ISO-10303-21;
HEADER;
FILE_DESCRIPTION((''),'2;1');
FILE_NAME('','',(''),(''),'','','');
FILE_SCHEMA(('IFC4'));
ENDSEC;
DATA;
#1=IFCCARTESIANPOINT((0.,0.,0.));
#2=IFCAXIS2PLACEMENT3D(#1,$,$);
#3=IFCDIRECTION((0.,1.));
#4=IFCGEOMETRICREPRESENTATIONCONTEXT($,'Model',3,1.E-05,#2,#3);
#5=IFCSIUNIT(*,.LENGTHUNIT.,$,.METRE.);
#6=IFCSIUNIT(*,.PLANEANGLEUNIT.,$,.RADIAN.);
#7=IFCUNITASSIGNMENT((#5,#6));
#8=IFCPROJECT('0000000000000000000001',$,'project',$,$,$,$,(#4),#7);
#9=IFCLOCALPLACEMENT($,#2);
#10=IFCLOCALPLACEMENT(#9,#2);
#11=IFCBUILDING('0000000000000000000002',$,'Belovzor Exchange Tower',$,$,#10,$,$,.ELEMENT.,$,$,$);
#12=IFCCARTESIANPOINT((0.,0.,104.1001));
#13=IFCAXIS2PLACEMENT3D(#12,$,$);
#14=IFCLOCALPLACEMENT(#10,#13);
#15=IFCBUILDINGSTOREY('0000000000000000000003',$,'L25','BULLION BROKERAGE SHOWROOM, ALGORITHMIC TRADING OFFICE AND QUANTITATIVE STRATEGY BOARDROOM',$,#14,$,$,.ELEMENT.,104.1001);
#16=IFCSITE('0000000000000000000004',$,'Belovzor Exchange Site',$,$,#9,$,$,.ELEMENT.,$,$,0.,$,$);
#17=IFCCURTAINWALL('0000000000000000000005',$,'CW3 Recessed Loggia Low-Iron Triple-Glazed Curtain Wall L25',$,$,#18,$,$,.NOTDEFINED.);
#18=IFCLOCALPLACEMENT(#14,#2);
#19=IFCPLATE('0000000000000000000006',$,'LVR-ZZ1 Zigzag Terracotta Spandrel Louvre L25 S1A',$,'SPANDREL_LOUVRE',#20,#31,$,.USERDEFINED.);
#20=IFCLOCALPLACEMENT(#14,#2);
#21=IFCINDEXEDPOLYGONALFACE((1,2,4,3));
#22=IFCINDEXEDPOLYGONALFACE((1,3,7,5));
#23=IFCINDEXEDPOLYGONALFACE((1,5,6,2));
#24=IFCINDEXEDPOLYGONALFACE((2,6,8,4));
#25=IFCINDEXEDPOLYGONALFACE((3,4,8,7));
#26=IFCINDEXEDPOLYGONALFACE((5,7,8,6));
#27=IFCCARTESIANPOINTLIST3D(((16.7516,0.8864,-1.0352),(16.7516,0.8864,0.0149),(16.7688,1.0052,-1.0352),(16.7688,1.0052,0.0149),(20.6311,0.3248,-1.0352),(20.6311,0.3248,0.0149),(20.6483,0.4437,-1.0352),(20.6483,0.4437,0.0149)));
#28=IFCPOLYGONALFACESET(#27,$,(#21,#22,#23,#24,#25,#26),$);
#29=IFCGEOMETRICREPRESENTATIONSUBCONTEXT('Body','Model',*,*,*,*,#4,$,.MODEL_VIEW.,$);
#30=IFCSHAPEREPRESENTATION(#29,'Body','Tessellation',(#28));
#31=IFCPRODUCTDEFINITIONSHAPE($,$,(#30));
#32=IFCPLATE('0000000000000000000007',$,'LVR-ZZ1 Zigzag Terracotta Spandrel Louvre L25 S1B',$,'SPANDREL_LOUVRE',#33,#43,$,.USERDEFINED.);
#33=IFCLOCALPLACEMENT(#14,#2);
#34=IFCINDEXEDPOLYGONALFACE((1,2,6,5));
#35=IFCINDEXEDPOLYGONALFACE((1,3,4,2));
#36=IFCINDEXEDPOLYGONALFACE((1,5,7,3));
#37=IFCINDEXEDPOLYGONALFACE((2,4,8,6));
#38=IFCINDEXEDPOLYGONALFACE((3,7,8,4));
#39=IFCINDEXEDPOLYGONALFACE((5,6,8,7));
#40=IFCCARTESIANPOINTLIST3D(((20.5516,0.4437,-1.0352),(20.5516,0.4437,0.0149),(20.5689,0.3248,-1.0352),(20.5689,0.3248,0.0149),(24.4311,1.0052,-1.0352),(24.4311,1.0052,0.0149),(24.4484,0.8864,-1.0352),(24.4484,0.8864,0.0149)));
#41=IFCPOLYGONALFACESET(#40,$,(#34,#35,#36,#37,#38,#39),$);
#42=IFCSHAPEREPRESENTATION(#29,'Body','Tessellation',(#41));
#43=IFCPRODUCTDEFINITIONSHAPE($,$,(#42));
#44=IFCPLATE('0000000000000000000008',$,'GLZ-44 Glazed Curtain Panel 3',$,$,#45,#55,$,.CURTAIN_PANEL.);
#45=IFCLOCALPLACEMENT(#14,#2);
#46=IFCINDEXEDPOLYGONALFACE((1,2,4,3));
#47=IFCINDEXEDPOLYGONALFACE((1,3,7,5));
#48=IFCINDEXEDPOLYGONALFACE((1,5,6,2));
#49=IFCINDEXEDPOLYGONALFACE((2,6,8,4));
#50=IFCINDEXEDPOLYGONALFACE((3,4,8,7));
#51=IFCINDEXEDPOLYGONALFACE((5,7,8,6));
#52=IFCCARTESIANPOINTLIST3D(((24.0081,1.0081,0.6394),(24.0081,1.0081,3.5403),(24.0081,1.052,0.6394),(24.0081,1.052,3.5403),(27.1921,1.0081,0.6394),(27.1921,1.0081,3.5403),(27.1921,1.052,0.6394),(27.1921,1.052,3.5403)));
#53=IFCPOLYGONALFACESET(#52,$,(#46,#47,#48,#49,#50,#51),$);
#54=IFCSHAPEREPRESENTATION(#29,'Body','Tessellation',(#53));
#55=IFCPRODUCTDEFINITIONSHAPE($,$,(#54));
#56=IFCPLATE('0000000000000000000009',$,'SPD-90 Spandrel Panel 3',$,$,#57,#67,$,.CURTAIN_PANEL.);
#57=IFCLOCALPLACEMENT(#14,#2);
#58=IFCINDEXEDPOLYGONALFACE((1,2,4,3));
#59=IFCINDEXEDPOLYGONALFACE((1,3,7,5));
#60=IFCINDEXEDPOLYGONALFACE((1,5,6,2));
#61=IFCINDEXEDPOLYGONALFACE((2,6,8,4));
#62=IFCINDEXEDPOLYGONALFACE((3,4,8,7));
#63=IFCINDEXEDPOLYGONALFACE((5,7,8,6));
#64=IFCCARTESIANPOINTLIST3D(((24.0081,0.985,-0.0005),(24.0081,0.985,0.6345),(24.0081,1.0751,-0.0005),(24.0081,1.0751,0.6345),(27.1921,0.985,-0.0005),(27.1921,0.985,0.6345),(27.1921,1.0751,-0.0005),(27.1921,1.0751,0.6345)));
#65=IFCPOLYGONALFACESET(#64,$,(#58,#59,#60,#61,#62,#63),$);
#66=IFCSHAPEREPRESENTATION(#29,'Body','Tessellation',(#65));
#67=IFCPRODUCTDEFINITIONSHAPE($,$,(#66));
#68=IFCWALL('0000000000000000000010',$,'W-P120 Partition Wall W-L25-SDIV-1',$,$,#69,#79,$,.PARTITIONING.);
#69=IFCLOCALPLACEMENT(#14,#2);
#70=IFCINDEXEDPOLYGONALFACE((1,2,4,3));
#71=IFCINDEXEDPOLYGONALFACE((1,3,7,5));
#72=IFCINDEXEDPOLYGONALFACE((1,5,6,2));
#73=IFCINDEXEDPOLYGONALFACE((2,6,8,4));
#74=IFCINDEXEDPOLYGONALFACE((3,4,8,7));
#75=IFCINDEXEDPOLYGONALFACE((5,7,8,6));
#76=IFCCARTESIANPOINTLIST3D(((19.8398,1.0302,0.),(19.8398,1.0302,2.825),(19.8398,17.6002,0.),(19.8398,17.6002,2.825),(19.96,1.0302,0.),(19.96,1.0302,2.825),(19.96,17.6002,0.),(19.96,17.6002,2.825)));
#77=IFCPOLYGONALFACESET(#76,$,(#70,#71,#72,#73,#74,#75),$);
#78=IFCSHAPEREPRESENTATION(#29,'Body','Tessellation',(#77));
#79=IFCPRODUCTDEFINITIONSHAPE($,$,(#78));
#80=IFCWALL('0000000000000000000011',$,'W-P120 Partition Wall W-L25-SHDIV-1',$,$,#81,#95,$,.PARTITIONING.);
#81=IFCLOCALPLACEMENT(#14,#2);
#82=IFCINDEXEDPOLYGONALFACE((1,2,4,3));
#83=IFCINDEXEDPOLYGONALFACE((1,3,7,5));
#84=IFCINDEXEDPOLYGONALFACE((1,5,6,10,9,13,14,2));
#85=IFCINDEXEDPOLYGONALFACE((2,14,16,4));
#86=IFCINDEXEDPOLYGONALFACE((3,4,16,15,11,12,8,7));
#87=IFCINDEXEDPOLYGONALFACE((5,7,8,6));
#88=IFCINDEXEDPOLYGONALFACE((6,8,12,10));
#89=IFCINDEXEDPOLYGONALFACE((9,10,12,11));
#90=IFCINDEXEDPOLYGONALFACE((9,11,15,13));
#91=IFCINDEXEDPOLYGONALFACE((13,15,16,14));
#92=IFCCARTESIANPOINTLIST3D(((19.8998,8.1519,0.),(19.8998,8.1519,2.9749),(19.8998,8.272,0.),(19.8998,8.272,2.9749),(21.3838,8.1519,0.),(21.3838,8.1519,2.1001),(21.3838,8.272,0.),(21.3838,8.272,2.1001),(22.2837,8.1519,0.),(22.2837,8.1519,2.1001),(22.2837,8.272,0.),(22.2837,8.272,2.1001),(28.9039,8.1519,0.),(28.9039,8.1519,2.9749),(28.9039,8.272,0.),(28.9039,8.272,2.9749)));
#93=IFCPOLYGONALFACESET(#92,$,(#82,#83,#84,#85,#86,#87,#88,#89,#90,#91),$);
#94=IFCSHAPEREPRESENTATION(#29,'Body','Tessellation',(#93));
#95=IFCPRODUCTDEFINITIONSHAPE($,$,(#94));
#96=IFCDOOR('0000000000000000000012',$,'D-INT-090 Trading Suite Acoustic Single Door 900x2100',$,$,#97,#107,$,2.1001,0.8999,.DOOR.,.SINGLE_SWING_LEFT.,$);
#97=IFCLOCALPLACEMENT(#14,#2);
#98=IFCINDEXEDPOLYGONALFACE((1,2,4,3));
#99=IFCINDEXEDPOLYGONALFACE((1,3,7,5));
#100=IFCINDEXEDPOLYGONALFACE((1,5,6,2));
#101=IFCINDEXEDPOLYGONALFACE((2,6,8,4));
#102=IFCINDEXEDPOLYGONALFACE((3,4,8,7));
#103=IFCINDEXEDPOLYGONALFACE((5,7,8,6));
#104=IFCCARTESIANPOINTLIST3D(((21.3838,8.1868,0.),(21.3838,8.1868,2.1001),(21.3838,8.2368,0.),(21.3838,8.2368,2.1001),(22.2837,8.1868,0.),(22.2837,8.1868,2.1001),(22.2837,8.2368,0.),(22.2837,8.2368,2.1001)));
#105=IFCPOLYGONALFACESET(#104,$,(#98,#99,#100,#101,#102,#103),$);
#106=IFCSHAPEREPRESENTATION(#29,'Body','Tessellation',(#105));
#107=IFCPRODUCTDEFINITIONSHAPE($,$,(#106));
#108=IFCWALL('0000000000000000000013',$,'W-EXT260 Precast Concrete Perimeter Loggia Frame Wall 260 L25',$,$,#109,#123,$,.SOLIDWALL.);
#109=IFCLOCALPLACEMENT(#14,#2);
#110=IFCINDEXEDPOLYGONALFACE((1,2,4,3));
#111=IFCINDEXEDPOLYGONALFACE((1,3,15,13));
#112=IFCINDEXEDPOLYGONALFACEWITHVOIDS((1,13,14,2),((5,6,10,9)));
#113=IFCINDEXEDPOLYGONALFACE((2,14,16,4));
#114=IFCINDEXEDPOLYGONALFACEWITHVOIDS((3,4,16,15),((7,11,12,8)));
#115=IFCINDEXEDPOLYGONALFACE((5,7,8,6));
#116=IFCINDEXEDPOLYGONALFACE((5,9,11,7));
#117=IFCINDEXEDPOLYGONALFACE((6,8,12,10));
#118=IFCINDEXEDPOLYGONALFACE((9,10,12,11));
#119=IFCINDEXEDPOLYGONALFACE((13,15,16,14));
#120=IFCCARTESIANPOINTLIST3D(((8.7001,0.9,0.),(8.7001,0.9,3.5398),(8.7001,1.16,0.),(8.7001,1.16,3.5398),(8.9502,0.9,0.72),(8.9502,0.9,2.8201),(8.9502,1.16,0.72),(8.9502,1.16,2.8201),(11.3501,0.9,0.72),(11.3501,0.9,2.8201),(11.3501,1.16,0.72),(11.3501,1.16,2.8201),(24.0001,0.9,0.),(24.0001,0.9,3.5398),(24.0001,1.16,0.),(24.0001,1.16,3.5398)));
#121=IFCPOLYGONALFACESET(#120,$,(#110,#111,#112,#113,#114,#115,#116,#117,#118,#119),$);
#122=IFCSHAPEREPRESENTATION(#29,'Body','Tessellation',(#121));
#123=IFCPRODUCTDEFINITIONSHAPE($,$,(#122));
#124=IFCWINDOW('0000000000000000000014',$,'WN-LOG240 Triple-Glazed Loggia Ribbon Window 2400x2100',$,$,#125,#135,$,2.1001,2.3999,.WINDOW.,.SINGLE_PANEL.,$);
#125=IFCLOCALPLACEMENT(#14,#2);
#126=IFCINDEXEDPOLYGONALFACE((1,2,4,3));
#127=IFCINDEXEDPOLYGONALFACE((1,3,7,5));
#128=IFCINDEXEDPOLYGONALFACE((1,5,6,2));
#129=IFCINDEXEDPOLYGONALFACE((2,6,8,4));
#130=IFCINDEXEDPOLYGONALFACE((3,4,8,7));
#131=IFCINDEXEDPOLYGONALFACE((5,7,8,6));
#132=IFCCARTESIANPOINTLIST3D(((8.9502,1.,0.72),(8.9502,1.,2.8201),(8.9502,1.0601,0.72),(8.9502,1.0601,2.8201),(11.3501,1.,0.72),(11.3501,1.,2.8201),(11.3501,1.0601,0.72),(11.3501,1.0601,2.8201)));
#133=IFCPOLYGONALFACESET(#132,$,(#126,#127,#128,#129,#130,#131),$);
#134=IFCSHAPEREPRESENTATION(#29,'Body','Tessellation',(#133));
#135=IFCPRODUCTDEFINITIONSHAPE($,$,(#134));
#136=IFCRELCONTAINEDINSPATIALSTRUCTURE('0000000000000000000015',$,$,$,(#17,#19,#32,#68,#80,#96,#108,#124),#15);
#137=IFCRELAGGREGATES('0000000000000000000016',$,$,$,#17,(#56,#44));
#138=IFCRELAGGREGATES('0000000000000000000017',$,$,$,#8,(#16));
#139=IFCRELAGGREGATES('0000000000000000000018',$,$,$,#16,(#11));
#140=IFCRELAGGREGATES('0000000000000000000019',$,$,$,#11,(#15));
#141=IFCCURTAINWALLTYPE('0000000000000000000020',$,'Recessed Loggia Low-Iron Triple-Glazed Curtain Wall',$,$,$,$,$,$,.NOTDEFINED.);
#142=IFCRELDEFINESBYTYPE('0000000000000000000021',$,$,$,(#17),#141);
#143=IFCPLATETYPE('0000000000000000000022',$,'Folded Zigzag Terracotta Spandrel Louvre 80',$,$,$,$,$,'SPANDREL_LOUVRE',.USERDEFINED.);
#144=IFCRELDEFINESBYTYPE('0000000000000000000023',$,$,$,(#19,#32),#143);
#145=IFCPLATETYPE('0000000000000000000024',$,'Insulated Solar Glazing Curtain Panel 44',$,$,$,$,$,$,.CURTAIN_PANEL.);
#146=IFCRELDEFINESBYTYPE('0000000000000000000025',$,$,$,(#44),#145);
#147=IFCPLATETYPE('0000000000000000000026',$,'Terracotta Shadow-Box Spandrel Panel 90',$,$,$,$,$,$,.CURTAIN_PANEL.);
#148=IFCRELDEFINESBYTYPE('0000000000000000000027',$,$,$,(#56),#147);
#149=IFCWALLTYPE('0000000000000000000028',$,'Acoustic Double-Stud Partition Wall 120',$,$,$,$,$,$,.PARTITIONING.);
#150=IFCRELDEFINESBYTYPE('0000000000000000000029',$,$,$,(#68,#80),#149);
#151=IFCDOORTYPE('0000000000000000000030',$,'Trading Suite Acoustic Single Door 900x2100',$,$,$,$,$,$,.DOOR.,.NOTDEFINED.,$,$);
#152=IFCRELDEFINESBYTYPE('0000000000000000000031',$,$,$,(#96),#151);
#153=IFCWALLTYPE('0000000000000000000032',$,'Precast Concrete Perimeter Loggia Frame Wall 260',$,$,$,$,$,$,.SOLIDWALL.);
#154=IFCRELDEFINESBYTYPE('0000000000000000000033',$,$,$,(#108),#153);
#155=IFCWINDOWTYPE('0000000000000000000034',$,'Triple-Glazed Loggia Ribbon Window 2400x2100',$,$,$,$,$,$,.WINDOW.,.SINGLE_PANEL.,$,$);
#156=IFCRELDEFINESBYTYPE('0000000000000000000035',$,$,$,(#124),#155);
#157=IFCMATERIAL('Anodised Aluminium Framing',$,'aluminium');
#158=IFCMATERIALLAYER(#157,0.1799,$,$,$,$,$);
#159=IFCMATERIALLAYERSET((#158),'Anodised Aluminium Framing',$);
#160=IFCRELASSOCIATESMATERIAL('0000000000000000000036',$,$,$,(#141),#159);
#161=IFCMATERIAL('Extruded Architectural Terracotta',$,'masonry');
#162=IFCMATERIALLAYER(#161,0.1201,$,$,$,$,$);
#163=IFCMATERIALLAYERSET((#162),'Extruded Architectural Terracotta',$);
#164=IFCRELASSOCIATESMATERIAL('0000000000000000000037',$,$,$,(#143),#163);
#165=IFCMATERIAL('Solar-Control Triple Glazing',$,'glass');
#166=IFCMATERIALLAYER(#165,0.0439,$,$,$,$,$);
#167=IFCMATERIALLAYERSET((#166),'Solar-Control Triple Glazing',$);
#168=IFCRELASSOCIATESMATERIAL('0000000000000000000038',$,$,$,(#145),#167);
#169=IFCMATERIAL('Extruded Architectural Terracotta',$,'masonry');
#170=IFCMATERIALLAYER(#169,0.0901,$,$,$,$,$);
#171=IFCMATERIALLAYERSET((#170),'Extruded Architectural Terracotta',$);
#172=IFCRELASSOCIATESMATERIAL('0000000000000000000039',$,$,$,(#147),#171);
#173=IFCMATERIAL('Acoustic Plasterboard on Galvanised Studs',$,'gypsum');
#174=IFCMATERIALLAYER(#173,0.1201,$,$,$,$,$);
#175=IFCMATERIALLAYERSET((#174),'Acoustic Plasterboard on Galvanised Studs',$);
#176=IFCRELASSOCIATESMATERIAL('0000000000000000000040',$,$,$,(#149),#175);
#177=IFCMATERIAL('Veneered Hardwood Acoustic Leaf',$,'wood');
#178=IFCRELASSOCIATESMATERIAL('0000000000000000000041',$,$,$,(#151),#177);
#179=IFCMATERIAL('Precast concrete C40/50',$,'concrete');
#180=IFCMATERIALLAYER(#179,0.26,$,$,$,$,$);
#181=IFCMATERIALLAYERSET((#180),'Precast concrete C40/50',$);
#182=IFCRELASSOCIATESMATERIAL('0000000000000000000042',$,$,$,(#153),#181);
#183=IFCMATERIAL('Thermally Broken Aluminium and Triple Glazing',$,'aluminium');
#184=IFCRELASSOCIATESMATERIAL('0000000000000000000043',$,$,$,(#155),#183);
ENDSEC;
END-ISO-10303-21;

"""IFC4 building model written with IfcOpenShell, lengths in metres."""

from ifc_helpers import new_model, si_unit, direction, frame, frame_2d, origin, origin_2d, place, context, subcontext, project, spatial, rectangle, extrude, material, layer, layer_set, type_object, element, fill, aggregate, save


model = new_model("IFC4")

# Units and contexts
model_context = context("Model", 3, precision=1e-05, world=origin(), true_north=direction((0.0, 1.0)))
body_context = subcontext(model_context, "Body", "Model", "MODEL_VIEW")
ifc_project = project(units=[si_unit("LENGTHUNIT", "METRE"), si_unit("PLANEANGLEUNIT", "RADIAN")], contexts=[model_context])

# Site, building, storey
site_placement = place(None, origin())
site = spatial("IfcSite", under=ifc_project, at=site_placement, Name="Belovzor Exchange Site", CompositionType="ELEMENT", RefElevation=0.0)
building_placement = place(site_placement, origin())
building = spatial("IfcBuilding", under=site, at=building_placement, Name="Belovzor Exchange Tower", CompositionType="ELEMENT")
storey_placement = place(building_placement, frame((0.0, 0.0, 104.1001)))
storey = spatial("IfcBuildingStorey", under=building, at=storey_placement, Name="L25", Description="BULLION BROKERAGE SHOWROOM, ALGORITHMIC TRADING OFFICE AND QUANTITATIVE STRATEGY BOARDROOM", CompositionType="ELEMENT", Elevation=104.1001)

# Curtain wall
ifc_material_1 = material(Name="Anodised Aluminium Framing", Category="aluminium")
ifc_layer_1 = layer(ifc_material_1, 0.1799)
ifc_layer_set_1 = layer_set([ifc_layer_1], Name="Anodised Aluminium Framing")
curtain_wall_type = type_object("IfcCurtainWallType", Name="Recessed Loggia Low-Iron Triple-Glazed Curtain Wall", PredefinedType="NOTDEFINED", material=ifc_layer_set_1)
curtain_wall_placement = place(storey_placement, origin())
curtain_wall = element("IfcCurtainWall", 1, at=curtain_wall_placement, inside=storey, type_object=curtain_wall_type, Name="CW3 Recessed Loggia Low-Iron Triple-Glazed Curtain Wall L25", PredefinedType="NOTDEFINED")

# Plates
ifc_material_2 = material(Name="Extruded Architectural Terracotta", Category="masonry")
ifc_layer_2 = layer(ifc_material_2, 0.1201)
ifc_layer_set_2 = layer_set([ifc_layer_2], Name="Extruded Architectural Terracotta")
plate_type_1 = type_object("IfcPlateType", Name="Folded Zigzag Terracotta Spandrel Louvre 80", ElementType="SPANDREL_LOUVRE", PredefinedType="USERDEFINED", material=ifc_layer_set_2)
for number, where, z_axis, x_axis, name in (
    (2, (18.7, 0.665, -1.0352), (0.0, 0.0, 1.0), (0.989686, -0.143251, 0.0), "LVR-ZZ1 Zigzag Terracotta Spandrel Louvre L25 S1A"),
    (3, (22.5, 0.665, -1.0352), (0.0, 0.0, 1.0), (0.989686, 0.143251, 0.0), "LVR-ZZ1 Zigzag Terracotta Spandrel Louvre L25 S1B"),
):
    element("IfcPlate", number, at=place(storey_placement, frame(where, z_axis=z_axis, x_axis=x_axis)), inside=storey, type_object=plate_type_1, Name=name, ObjectType="SPANDREL_LOUVRE", PredefinedType="USERDEFINED", context=body_context, shape_type="SweptSolid", body=[
        extrude(rectangle(XDim=3.9199, YDim=0.1201, at=origin_2d()), origin(), (0.0, 0.0, 1.0), 1.05),
    ])

# Plates
ifc_material_3 = material(Name="Solar-Control Triple Glazing", Category="glass")
ifc_layer_3 = layer(ifc_material_3, 0.0439)
ifc_layer_set_3 = layer_set([ifc_layer_3], Name="Solar-Control Triple Glazing")
plate_type_2 = type_object("IfcPlateType", Name="Insulated Solar Glazing Curtain Panel 44", PredefinedType="CURTAIN_PANEL", material=ifc_layer_set_3)
plate_1_placement = place(storey_placement, frame((25.6001, 1.03, 0.6394), z_axis=(0.0, 0.0, 1.0), x_axis=(-1.0, 0.0, 0.0)))
plate_1 = element("IfcPlate", 4, at=plate_1_placement, type_object=plate_type_2, Name="GLZ-44 Glazed Curtain Panel 3", PredefinedType="CURTAIN_PANEL", context=body_context, shape_type="SweptSolid", body=[
    extrude(rectangle(XDim=3.1841, YDim=0.0439, at=origin_2d()), origin(), (0.0, 0.0, 1.0), 2.9009),
])
ifc_material_4 = material(Name="Extruded Architectural Terracotta", Category="masonry")
ifc_layer_4 = layer(ifc_material_4, 0.0901)
ifc_layer_set_4 = layer_set([ifc_layer_4], Name="Extruded Architectural Terracotta")
plate_type_3 = type_object("IfcPlateType", Name="Terracotta Shadow-Box Spandrel Panel 90", PredefinedType="CURTAIN_PANEL", material=ifc_layer_set_4)
plate_2_placement = place(storey_placement, frame((25.6001, 1.03, -0.0005), z_axis=(0.0, 0.0, 1.0), x_axis=(-1.0, 0.0, 0.0)))
plate_2 = element("IfcPlate", 5, at=plate_2_placement, type_object=plate_type_3, Name="SPD-90 Spandrel Panel 3", PredefinedType="CURTAIN_PANEL", context=body_context, shape_type="SweptSolid", body=[
    extrude(rectangle(XDim=3.1841, YDim=0.0901, at=origin_2d()), origin(), (0.0, 0.0, 1.0), 0.635),
])
aggregate(curtain_wall, [plate_2, plate_1])

# Wall
ifc_material_5 = material(Name="Acoustic Plasterboard on Galvanised Studs", Category="gypsum")
ifc_layer_5 = layer(ifc_material_5, 0.1201)
ifc_layer_set_5 = layer_set([ifc_layer_5], Name="Acoustic Plasterboard on Galvanised Studs")
wall_type_1 = type_object("IfcWallType", Name="Acoustic Double-Stud Partition Wall 120", PredefinedType="PARTITIONING", material=ifc_layer_set_5)
wall_1_placement = place(storey_placement, frame((19.8999, 1.03, 0.0), z_axis=(0.0, 0.0, 1.0), x_axis=(0.0, 1.0, 0.0)))
element("IfcWall", 6, at=wall_1_placement, inside=storey, type_object=wall_type_1, Name="W-P120 Partition Wall W-L25-SDIV-1", PredefinedType="PARTITIONING", context=body_context, shape_type="SweptSolid", body=[
    extrude(rectangle(XDim=16.5701, YDim=0.1201, at=frame_2d((8.2852, 0.0))), origin(), (0.0, 0.0, 1.0), 2.825),
])

# Wall, opening, door
wall_2_placement = place(storey_placement, frame((19.8999, 8.2119, 0.0), z_axis=(0.0, 0.0, 1.0), x_axis=(1.0, 0.0, 0.0)))
wall_2 = element("IfcWall", 7, at=wall_2_placement, inside=storey, type_object=wall_type_1, Name="W-P120 Partition Wall W-L25-SHDIV-1", PredefinedType="PARTITIONING", context=body_context, shape_type="SweptSolid", body=[
    extrude(rectangle(XDim=9.0042, YDim=0.1201, at=frame_2d((4.502, 0.0))), origin(), (0.0, 0.0, 1.0), 2.9749),
])
opening_1_placement = place(wall_2_placement, frame((1.4839, 0.0, 0.0)))
opening_1 = element("IfcOpeningElement", 8, at=opening_1_placement, cuts=wall_2, PredefinedType="OPENING", context=body_context, shape_type="SweptSolid", body=[
    extrude(rectangle(XDim=0.8999, YDim=2.1001, at=frame_2d((0.45, 1.05))), frame((0.0, 0.0701, 0.0), z_axis=(0.0, -1.0, 0.0), x_axis=(1.0, 0.0, 0.0)), (0.0, 0.0, 1.0), 0.1401),
])
ifc_material_6 = material(Name="Veneered Hardwood Acoustic Leaf", Category="wood")
door_type = type_object("IfcDoorType", Name="Trading Suite Acoustic Single Door 900x2100", OperationType="NOTDEFINED", PredefinedType="DOOR", material=ifc_material_6)
door_placement = place(opening_1_placement, origin())
door = element("IfcDoor", 9, at=door_placement, inside=storey, type_object=door_type, Name="D-INT-090 Trading Suite Acoustic Single Door 900x2100", OperationType="SINGLE_SWING_LEFT", OverallHeight=2.1001, OverallWidth=0.8999, PredefinedType="DOOR", context=body_context, shape_type="SweptSolid", body=[
    extrude(rectangle(XDim=0.8999, YDim=2.1001, at=frame_2d((0.45, 1.05))), frame((0.0, 0.0249, 0.0), z_axis=(0.0, -1.0, 0.0), x_axis=(1.0, 0.0, 0.0)), (0.0, 0.0, 1.0), 0.05),
])
fill(opening_1, door)

# Wall, opening, window
ifc_material_7 = material(Name="Precast concrete C40/50", Category="concrete")
ifc_layer_6 = layer(ifc_material_7, 0.26)
ifc_layer_set_6 = layer_set([ifc_layer_6], Name="Precast concrete C40/50")
wall_type_2 = type_object("IfcWallType", Name="Precast Concrete Perimeter Loggia Frame Wall 260", PredefinedType="SOLIDWALL", material=ifc_layer_set_6)
wall_3_placement = place(storey_placement, frame((24.0, 1.03, 0.0), z_axis=(0.0, 0.0, 1.0), x_axis=(-1.0, 0.0, 0.0)))
wall_3 = element("IfcWall", 10, at=wall_3_placement, inside=storey, type_object=wall_type_2, Name="W-EXT260 Precast Concrete Perimeter Loggia Frame Wall 260 L25", PredefinedType="SOLIDWALL", context=body_context, shape_type="SweptSolid", body=[
    extrude(rectangle(XDim=15.3, YDim=0.26, at=frame_2d((7.6499, 0.0))), origin(), (0.0, 0.0, 1.0), 3.5398),
])
opening_2_placement = place(wall_3_placement, frame((12.6499, 0.0, 0.72)))
opening_2 = element("IfcOpeningElement", 11, at=opening_2_placement, cuts=wall_3, PredefinedType="OPENING", context=body_context, shape_type="SweptSolid", body=[
    extrude(rectangle(XDim=2.3999, YDim=2.1001, at=frame_2d((1.2, 1.05))), frame((0.0, 0.1399, 0.0), z_axis=(0.0, -1.0, 0.0), x_axis=(1.0, 0.0, 0.0)), (0.0, 0.0, 1.0), 0.28),
])
ifc_material_8 = material(Name="Thermally Broken Aluminium and Triple Glazing", Category="aluminium")
window_type = type_object("IfcWindowType", Name="Triple-Glazed Loggia Ribbon Window 2400x2100", PartitioningType="SINGLE_PANEL", PredefinedType="WINDOW", material=ifc_material_8)
window_placement = place(opening_2_placement, origin())
window = element("IfcWindow", 12, at=window_placement, inside=storey, type_object=window_type, Name="WN-LOG240 Triple-Glazed Loggia Ribbon Window 2400x2100", OverallHeight=2.1001, OverallWidth=2.3999, PartitioningType="SINGLE_PANEL", PredefinedType="WINDOW", context=body_context, shape_type="SweptSolid", body=[
    extrude(rectangle(XDim=2.3999, YDim=2.1001, at=frame_2d((1.2, 1.05))), frame((0.0, 0.03, 0.0), z_axis=(0.0, -1.0, 0.0), x_axis=(1.0, 0.0, 0.0)), (0.0, 0.0, 1.0), 0.0601),
])
fill(opening_2, window)

save(model, "model.ifc")
